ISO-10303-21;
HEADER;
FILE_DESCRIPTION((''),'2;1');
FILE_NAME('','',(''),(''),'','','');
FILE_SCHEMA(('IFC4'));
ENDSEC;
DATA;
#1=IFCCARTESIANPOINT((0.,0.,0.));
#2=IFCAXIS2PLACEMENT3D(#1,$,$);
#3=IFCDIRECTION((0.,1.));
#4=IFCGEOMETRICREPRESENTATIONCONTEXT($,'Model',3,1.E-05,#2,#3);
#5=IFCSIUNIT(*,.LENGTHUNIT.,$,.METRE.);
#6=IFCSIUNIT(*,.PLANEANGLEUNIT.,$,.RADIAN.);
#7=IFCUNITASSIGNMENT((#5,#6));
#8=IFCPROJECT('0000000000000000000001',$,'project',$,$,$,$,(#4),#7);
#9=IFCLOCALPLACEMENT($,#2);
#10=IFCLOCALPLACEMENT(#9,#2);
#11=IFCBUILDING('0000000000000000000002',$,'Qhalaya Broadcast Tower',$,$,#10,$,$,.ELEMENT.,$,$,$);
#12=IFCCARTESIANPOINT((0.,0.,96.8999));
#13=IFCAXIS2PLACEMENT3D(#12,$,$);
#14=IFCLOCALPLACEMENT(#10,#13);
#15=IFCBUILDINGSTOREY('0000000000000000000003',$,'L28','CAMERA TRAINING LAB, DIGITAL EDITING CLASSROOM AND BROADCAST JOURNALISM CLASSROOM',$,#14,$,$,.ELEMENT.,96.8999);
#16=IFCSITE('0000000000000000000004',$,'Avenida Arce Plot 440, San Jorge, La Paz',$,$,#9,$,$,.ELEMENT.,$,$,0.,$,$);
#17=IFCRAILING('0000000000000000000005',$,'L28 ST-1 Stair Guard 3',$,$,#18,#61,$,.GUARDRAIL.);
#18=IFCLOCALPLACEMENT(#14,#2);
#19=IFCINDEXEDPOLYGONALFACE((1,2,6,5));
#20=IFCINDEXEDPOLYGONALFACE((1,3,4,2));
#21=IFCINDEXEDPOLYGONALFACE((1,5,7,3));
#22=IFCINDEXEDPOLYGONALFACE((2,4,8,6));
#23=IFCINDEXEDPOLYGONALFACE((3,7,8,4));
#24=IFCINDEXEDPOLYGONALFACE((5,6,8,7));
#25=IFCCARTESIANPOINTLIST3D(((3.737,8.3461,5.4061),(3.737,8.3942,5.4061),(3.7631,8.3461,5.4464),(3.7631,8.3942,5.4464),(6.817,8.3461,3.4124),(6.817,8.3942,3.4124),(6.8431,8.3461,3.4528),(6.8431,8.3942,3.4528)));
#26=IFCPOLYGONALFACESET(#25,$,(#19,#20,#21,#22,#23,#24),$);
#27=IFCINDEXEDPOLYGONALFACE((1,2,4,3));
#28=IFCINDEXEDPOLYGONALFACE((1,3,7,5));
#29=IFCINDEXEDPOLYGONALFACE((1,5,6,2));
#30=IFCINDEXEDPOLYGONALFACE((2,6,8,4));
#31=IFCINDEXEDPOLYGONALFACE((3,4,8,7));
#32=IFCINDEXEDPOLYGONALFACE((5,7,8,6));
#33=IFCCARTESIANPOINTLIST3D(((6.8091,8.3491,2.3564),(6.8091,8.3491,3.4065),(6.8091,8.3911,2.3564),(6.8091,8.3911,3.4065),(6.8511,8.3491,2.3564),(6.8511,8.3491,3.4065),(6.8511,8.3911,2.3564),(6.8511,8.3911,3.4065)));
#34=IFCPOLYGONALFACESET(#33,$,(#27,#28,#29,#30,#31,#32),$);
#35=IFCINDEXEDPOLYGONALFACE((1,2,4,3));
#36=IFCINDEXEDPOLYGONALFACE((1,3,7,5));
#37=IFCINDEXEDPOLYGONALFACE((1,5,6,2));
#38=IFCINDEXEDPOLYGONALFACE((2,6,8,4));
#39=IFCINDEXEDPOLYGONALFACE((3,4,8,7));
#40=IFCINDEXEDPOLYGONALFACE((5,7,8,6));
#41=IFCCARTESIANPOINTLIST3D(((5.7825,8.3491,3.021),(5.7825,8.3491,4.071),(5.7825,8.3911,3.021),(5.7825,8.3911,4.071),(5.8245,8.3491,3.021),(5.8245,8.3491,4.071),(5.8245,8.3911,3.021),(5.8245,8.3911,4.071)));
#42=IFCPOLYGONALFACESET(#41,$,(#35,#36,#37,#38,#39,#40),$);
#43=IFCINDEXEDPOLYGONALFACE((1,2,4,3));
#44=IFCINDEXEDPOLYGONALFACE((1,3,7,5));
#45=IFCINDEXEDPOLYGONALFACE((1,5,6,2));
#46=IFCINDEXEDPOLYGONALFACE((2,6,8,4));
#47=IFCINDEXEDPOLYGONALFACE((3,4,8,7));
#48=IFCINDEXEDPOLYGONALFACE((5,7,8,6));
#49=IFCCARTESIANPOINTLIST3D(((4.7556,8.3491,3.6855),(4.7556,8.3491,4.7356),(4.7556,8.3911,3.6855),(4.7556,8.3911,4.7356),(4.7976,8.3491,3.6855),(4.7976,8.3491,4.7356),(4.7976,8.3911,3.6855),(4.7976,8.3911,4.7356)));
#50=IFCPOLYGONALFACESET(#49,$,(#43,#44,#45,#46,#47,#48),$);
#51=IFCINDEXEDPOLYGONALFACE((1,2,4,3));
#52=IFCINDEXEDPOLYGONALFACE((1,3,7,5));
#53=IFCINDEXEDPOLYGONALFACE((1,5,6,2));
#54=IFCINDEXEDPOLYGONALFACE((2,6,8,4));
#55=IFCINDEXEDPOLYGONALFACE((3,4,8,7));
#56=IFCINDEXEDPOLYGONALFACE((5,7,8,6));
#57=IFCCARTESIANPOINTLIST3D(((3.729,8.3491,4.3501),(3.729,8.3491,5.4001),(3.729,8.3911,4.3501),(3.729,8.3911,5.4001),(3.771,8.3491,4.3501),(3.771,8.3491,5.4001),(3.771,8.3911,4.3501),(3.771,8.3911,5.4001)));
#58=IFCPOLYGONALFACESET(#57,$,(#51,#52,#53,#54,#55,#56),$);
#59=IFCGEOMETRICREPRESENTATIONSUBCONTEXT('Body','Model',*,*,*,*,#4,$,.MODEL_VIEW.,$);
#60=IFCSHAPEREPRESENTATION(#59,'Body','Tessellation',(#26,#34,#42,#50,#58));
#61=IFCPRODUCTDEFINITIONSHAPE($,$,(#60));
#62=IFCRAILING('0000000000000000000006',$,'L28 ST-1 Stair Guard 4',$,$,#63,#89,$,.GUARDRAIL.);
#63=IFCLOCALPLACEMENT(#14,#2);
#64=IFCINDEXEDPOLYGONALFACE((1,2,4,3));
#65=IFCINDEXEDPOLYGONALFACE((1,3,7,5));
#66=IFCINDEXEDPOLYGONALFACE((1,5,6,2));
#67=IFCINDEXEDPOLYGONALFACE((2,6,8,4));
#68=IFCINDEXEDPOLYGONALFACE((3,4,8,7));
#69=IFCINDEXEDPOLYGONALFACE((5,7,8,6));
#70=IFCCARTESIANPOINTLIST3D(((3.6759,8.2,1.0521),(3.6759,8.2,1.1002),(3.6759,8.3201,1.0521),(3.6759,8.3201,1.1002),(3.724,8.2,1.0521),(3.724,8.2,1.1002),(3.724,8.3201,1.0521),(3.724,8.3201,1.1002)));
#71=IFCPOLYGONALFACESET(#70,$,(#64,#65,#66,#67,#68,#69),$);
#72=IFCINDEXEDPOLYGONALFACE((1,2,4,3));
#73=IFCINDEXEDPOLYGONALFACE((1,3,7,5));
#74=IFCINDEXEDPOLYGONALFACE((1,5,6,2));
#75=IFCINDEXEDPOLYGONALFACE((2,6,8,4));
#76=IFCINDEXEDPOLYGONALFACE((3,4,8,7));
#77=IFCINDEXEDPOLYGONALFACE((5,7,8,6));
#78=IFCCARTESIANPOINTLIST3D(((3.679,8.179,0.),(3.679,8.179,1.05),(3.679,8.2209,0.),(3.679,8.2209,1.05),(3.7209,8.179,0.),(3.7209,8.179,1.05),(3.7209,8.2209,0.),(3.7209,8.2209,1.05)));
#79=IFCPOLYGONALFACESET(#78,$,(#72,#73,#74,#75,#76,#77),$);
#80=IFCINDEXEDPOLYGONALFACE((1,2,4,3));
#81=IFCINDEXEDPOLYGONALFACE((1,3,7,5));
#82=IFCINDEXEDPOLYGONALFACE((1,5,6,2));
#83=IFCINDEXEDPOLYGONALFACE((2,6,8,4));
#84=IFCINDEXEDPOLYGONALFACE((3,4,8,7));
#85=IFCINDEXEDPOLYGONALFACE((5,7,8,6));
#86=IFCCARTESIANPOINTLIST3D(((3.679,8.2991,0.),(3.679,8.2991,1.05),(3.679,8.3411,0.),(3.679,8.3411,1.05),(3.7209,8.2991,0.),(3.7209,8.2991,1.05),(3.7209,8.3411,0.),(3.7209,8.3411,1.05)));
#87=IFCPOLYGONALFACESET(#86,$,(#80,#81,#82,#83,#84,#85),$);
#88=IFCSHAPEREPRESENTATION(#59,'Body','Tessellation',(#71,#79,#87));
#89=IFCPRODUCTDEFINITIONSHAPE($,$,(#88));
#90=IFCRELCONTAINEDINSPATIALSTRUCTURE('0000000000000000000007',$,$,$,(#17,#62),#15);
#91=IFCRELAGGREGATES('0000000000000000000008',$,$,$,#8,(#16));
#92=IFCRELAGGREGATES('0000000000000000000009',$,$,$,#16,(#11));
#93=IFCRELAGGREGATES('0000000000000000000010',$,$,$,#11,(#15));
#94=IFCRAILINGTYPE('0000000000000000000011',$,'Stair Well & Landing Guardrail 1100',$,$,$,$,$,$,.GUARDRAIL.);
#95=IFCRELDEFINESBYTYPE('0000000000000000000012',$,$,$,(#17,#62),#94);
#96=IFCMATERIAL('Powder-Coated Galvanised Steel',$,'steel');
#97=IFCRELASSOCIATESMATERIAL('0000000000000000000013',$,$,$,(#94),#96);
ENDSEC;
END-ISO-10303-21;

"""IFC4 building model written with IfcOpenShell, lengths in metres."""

from ifc_helpers import new_model, si_unit, direction, frame, origin, origin_2d, place, context, subcontext, project, spatial, rectangle, extrude, material, type_object, element, save


model = new_model("IFC4")

# Units and contexts
model_context = context("Model", 3, precision=1e-05, world=origin(), true_north=direction((0.0, 1.0)))
body_context = subcontext(model_context, "Body", "Model", "MODEL_VIEW")
ifc_project = project(units=[si_unit("LENGTHUNIT", "METRE"), si_unit("PLANEANGLEUNIT", "RADIAN")], contexts=[model_context])

# Site, building, storey
site_placement = place(None, origin())
site = spatial("IfcSite", under=ifc_project, at=site_placement, Name="Avenida Arce Plot 440, San Jorge, La Paz", CompositionType="ELEMENT", RefElevation=0.0)
building_placement = place(site_placement, origin())
building = spatial("IfcBuilding", under=site, at=building_placement, Name="Qhalaya Broadcast Tower", CompositionType="ELEMENT")
storey_placement = place(building_placement, frame((0.0, 0.0, 96.8999)))
storey = spatial("IfcBuildingStorey", under=building, at=storey_placement, Name="L28", Description="CAMERA TRAINING LAB, DIGITAL EDITING CLASSROOM AND BROADCAST JOURNALISM CLASSROOM", CompositionType="ELEMENT", Elevation=96.8999)

# Railings
ifc_material_1 = material(Name="Powder-Coated Galvanised Steel", Category="steel")
railing_type_1 = type_object("IfcRailingType", Name="Stair Well & Landing Guardrail 1100", PredefinedType="GUARDRAIL", material=ifc_material_1)
railing_1_placement = place(storey_placement, frame((6.8301, 8.3701, 2.3564)))
element("IfcRailing", 1, at=railing_1_placement, inside=storey, type_object=railing_type_1, Name="L28 ST-1 Stair Guard 3", PredefinedType="GUARDRAIL", context=body_context, shape_type="SweptSolid", body=[
    extrude(rectangle(XDim=0.0481, YDim=0.0481, at=origin_2d()), frame((0.0, 0.0, 1.0762), z_axis=(-0.839488, 0.0, 0.543378), x_axis=(0.0, -1.0, 0.0)), (0.0, 0.0, 1.0), 3.6689),
    extrude(rectangle(XDim=0.042, YDim=0.042, at=origin_2d()), origin(), (0.0, 0.0, 1.0), 1.05),
    extrude(rectangle(XDim=0.042, YDim=0.042, at=origin_2d()), frame((-1.0266, 0.0, 0.6646)), (0.0, 0.0, 1.0), 1.05),
    extrude(rectangle(XDim=0.042, YDim=0.042, at=origin_2d()), frame((-2.0535, 0.0, 1.3291)), (0.0, 0.0, 1.0), 1.05),
    extrude(rectangle(XDim=0.042, YDim=0.042, at=origin_2d()), frame((-3.0801, 0.0, 1.9937)), (0.0, 0.0, 1.0), 1.05),
])
railing_2_placement = place(storey_placement, frame((3.7, 8.2, 0.0)))
element("IfcRailing", 2, at=railing_2_placement, inside=storey, type_object=railing_type_1, Name="L28 ST-1 Stair Guard 4", PredefinedType="GUARDRAIL", context=body_context, shape_type="SweptSolid", body=[
    extrude(rectangle(XDim=0.0481, YDim=0.0481, at=origin_2d()), frame((0.0, 0.0, 1.0762), z_axis=(0.0, 1.0, 0.0), x_axis=(-1.0, 0.0, 0.0)), (0.0, 0.0, 1.0), 0.1201),
    extrude(rectangle(XDim=0.042, YDim=0.042, at=origin_2d()), origin(), (0.0, 0.0, 1.0), 1.05),
    extrude(rectangle(XDim=0.042, YDim=0.042, at=origin_2d()), frame((0.0, 0.1201, 0.0)), (0.0, 0.0, 1.0), 1.05),
])

save(model, "model.ifc")
